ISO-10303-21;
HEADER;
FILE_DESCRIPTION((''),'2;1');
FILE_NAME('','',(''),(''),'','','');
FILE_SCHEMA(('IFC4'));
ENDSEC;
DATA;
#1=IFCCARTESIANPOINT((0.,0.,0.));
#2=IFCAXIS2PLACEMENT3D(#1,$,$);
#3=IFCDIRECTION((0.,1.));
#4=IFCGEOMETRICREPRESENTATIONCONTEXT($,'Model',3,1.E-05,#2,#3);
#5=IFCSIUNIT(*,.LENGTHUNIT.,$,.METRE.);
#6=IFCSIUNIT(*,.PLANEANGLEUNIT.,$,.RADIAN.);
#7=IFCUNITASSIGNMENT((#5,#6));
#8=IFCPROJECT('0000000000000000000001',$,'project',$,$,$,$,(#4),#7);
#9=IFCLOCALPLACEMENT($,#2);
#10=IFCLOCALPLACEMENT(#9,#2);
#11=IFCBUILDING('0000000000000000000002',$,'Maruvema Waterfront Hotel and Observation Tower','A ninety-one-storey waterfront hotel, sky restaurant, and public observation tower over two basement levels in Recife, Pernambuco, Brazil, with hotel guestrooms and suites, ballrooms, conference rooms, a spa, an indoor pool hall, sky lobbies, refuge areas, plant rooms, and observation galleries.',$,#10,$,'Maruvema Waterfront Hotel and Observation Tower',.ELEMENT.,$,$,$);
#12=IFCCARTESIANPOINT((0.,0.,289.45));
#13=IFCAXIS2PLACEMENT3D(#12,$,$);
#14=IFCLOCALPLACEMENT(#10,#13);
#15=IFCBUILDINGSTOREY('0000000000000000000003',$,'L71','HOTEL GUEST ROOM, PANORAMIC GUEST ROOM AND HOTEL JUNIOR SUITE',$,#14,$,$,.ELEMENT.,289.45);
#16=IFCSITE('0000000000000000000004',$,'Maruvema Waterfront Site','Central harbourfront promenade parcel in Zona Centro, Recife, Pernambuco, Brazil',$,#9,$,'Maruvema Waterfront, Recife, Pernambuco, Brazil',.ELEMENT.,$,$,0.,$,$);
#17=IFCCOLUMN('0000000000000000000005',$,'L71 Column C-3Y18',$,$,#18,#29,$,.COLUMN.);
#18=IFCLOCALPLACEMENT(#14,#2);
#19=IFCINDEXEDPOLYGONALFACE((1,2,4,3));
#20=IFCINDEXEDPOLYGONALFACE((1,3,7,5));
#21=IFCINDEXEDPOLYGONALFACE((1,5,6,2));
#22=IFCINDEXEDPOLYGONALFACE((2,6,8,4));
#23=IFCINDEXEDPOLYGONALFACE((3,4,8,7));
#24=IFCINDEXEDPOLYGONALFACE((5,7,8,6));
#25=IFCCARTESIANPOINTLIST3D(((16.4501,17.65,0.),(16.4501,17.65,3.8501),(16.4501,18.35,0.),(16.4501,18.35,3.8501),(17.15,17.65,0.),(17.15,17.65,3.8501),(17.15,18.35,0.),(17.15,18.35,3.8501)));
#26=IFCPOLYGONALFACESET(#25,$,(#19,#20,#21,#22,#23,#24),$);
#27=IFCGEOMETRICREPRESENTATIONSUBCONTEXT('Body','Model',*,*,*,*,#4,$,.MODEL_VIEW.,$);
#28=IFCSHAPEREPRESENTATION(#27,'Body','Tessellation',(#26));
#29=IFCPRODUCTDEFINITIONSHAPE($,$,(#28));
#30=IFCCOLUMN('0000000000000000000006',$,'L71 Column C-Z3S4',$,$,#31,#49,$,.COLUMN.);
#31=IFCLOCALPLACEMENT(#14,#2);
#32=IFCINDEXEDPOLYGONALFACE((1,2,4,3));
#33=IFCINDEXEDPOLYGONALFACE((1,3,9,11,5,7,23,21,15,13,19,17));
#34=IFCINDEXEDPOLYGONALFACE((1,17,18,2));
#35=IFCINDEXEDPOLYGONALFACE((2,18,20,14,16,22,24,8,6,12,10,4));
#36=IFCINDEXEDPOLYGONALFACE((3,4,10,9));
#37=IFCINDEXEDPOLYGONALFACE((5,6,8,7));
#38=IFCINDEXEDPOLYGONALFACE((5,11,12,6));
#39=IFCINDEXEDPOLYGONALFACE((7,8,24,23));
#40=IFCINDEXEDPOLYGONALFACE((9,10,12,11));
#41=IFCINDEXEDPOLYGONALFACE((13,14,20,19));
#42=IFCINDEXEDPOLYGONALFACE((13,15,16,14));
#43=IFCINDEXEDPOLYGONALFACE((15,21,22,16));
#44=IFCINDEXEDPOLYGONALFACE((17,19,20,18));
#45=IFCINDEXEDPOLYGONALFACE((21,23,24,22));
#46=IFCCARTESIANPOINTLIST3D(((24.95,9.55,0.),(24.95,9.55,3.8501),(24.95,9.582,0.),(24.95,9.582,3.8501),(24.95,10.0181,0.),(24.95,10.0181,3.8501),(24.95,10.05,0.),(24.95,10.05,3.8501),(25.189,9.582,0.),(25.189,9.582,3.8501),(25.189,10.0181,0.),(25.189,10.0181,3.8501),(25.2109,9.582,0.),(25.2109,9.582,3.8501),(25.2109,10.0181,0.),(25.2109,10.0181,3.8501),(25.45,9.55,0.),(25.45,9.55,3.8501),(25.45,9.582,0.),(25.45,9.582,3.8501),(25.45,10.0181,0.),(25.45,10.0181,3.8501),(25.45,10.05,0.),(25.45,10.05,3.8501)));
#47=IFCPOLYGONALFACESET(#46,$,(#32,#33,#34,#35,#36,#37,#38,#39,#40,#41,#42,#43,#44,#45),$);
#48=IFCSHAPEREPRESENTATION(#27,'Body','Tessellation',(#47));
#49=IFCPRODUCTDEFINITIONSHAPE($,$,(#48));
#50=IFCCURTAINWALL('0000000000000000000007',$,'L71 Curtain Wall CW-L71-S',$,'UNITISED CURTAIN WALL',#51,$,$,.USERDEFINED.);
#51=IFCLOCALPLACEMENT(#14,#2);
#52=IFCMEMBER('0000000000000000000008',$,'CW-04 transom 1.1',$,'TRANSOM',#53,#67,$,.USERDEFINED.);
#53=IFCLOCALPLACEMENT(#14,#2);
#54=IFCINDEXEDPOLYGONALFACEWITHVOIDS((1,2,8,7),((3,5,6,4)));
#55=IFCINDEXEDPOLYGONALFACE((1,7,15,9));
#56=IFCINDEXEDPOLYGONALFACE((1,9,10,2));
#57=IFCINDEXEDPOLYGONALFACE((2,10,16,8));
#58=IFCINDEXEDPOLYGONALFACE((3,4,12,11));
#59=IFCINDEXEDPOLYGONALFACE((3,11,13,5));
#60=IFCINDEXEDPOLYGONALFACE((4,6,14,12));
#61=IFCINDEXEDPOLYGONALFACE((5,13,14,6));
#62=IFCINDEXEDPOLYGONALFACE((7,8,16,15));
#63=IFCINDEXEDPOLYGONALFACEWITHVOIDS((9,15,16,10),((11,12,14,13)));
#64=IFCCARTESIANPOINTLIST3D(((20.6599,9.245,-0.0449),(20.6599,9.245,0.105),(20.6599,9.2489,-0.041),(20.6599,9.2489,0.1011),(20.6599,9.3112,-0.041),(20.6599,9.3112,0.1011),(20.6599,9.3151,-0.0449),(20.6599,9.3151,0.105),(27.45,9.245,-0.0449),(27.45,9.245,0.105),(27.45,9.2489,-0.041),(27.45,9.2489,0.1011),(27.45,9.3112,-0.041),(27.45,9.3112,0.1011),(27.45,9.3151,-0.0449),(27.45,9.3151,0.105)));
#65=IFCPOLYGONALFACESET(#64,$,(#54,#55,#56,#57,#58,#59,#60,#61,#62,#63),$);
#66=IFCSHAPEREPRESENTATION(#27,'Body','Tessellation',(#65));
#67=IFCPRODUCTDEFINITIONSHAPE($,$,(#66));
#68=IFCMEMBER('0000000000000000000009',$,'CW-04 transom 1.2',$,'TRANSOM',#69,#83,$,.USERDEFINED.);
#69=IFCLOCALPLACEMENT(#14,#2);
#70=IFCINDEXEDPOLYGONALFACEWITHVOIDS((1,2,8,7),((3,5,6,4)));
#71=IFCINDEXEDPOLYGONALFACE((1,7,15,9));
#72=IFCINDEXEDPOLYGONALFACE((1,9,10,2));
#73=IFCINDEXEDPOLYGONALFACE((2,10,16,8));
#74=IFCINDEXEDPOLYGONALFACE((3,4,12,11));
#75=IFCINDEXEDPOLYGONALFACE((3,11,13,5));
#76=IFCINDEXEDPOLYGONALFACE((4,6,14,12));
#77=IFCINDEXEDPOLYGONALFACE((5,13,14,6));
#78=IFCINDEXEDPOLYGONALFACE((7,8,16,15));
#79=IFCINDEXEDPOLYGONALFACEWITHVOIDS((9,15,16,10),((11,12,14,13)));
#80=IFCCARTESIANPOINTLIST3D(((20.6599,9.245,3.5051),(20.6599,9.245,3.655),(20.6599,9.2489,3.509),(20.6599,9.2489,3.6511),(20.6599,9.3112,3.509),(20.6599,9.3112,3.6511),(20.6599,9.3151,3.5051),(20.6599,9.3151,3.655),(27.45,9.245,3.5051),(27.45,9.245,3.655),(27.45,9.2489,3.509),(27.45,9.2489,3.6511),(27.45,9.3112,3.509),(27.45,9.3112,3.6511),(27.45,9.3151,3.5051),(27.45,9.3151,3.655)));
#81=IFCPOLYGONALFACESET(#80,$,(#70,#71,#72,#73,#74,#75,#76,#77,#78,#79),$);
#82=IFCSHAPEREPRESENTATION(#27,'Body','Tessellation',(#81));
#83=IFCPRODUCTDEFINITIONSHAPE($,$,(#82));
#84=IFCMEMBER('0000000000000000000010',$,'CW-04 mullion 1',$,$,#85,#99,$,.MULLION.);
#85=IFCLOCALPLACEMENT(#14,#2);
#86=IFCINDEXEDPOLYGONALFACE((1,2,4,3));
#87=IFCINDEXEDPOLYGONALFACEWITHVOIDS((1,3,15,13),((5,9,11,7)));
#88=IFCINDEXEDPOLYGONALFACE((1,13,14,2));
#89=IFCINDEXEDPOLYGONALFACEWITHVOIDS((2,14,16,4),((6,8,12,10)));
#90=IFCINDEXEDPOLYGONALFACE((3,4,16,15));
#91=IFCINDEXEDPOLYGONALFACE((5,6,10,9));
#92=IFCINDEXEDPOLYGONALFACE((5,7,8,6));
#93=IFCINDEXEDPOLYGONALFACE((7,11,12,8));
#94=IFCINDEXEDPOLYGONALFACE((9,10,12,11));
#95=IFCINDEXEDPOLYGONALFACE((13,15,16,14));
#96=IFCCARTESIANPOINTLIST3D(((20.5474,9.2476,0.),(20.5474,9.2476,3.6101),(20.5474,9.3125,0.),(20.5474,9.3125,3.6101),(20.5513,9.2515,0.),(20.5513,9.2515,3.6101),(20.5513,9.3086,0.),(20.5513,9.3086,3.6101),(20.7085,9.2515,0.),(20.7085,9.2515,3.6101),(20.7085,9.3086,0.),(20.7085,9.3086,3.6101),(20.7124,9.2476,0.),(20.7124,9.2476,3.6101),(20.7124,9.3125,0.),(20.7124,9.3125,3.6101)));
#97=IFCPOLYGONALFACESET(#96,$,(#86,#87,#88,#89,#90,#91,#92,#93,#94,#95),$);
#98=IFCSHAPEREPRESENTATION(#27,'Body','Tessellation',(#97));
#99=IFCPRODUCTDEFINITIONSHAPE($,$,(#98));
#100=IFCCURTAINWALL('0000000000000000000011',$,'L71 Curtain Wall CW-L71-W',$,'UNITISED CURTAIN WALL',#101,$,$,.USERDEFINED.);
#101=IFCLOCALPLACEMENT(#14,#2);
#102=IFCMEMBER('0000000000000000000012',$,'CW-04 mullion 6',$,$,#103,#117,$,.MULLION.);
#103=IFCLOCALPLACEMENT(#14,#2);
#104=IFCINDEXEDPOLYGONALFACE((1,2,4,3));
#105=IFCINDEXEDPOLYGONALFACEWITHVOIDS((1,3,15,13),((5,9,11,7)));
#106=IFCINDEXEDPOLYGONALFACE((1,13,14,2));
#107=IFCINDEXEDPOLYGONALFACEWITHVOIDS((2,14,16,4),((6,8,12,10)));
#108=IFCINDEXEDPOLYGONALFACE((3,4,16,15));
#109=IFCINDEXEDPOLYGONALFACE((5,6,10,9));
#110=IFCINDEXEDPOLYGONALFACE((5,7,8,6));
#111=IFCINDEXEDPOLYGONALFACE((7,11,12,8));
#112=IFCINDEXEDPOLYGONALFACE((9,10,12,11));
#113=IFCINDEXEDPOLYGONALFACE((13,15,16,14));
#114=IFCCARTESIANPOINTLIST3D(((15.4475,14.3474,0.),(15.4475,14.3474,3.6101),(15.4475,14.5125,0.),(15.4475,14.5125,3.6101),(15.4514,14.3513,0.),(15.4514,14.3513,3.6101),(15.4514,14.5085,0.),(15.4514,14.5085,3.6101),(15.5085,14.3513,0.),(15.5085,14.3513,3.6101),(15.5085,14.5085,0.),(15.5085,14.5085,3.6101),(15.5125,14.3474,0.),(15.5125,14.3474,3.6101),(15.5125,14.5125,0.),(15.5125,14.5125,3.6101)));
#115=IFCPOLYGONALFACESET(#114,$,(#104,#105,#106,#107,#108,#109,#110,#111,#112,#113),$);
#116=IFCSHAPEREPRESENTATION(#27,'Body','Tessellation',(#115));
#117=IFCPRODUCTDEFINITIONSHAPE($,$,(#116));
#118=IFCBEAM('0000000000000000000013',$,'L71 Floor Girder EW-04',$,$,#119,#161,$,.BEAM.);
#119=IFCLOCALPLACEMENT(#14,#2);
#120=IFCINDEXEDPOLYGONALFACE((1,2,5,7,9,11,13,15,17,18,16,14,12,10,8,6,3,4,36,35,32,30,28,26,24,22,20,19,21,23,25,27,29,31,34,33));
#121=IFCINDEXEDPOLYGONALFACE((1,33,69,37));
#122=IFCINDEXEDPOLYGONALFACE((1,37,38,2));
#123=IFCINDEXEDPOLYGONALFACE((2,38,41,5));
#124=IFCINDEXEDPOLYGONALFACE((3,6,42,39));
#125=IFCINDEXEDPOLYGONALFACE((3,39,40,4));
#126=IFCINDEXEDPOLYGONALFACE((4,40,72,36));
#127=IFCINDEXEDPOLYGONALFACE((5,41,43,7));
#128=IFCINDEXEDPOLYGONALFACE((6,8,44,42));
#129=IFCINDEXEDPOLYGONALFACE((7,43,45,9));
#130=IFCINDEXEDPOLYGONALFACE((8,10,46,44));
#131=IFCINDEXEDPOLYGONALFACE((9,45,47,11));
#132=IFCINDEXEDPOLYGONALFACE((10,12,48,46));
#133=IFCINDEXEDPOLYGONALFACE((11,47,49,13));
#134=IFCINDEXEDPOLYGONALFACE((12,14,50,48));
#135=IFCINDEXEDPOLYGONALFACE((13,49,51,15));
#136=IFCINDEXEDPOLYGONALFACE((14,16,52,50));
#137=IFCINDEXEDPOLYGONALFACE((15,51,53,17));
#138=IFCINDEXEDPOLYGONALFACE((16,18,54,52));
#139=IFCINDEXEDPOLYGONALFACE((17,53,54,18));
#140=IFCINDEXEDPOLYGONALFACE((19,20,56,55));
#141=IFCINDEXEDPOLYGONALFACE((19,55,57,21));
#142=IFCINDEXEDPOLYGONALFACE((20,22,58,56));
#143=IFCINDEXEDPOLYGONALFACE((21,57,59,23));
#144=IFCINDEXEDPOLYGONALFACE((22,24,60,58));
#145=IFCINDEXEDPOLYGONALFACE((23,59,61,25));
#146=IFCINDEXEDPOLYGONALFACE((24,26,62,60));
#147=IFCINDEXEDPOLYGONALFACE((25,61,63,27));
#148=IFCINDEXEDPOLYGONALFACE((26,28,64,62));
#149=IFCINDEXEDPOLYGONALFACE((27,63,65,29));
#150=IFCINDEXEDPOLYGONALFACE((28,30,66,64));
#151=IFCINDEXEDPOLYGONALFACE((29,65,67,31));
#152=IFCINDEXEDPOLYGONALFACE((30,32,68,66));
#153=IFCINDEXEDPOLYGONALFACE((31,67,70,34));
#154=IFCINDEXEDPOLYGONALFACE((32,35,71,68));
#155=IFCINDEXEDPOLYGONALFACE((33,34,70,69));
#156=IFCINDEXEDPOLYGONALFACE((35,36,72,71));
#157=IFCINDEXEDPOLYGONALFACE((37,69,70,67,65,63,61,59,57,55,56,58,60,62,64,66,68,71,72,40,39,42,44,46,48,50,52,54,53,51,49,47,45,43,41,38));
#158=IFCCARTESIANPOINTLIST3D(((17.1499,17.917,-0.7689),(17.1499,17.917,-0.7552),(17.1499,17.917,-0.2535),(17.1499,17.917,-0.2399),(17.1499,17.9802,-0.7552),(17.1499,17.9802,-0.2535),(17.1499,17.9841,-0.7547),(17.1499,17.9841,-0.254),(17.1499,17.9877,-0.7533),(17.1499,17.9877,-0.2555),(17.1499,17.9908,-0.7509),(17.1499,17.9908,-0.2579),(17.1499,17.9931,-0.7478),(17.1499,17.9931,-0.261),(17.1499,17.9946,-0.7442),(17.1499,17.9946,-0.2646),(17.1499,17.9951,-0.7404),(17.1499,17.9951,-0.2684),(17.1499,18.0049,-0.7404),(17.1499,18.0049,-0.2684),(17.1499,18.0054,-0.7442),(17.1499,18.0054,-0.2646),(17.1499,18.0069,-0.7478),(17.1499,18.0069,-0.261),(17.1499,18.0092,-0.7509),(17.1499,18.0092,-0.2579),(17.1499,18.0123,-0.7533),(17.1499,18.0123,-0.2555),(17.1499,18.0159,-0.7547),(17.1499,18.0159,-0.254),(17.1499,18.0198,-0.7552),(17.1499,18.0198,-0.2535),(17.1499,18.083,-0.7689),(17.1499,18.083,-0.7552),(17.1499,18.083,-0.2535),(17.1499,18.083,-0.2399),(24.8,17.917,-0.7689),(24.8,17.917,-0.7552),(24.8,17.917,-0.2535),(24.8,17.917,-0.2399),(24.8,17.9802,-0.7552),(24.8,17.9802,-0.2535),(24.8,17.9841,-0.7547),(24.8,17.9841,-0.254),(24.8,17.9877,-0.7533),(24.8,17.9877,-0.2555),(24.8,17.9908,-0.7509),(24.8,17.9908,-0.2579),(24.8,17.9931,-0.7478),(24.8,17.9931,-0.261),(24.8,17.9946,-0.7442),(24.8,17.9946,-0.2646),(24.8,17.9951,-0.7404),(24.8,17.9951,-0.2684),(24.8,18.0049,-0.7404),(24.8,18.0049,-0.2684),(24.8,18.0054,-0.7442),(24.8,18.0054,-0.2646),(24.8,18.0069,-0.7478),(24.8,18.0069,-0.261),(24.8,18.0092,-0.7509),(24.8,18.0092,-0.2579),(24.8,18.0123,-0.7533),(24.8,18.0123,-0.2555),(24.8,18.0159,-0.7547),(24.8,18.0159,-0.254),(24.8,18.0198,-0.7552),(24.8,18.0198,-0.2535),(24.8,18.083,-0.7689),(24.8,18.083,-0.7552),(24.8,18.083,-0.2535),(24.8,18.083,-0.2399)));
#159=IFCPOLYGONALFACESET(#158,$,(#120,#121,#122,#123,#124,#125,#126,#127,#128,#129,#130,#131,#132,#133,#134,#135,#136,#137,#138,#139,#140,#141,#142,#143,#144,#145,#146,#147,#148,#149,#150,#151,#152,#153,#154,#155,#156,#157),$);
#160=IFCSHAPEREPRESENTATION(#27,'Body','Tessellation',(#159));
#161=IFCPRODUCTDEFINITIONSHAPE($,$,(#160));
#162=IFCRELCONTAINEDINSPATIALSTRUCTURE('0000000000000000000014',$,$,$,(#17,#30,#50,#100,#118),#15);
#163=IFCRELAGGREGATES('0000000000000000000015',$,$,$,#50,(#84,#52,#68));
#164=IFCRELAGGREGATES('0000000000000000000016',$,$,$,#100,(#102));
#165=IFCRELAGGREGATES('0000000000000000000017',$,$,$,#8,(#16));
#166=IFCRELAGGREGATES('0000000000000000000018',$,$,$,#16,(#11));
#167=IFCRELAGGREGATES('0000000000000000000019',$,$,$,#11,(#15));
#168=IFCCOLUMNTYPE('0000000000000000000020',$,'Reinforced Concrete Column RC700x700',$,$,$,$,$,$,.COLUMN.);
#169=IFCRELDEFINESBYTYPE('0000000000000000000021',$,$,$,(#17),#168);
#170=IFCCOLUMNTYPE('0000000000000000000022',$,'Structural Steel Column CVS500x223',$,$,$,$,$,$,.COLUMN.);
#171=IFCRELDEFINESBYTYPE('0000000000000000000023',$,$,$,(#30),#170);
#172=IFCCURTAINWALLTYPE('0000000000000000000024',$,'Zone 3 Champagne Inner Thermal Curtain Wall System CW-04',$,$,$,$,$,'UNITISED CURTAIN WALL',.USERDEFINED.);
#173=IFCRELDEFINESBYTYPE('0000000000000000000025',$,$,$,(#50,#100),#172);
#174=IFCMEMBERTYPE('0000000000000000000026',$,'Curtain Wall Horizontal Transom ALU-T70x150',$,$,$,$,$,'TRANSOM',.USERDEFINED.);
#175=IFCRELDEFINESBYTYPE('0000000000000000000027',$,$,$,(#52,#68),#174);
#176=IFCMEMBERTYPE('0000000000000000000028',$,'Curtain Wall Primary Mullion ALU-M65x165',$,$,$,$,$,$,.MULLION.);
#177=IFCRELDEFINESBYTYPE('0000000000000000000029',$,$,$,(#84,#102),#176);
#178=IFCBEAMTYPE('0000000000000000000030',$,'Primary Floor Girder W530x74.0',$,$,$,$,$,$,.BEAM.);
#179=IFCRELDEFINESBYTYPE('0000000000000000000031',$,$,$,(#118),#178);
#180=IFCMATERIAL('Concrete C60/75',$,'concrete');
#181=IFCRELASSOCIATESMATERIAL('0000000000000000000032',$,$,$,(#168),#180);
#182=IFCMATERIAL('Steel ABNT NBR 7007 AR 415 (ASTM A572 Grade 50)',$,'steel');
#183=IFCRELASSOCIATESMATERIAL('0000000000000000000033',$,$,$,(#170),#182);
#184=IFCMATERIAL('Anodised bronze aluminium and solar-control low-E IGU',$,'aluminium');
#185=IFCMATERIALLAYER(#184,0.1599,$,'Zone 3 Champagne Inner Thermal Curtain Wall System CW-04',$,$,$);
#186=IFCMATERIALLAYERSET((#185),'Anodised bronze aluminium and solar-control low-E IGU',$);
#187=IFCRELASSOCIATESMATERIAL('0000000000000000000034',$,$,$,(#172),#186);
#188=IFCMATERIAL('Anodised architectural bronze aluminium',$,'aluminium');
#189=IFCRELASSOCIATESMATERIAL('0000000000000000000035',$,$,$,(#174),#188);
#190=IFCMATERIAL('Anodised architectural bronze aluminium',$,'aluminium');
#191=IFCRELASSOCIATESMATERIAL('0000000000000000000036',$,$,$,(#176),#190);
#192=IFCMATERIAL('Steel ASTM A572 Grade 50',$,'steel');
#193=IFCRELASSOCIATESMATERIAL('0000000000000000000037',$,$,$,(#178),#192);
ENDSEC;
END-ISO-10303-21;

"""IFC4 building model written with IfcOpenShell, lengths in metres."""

from ifc_helpers import new_model, si_unit, direction, frame, origin, origin_2d, place, context, subcontext, project, spatial, rectangle, hollow_rectangle, i_section, extrude, material, layer, layer_set, material_profile, profile_set, type_object, element, aggregate, save


model = new_model("IFC4")

# Units and contexts
model_context = context("Model", 3, precision=1e-05, world=origin(), true_north=direction((0.0, 1.0)))
body_context = subcontext(model_context, "Body", "Model", "MODEL_VIEW")
ifc_project = project(units=[si_unit("LENGTHUNIT", "METRE"), si_unit("PLANEANGLEUNIT", "RADIAN")], contexts=[model_context])

# Site, building, storey
site_placement = place(None, origin())
site = spatial("IfcSite", under=ifc_project, at=site_placement, Name="Maruvema Waterfront Site", Description="Central harbourfront promenade parcel in Zona Centro, Recife, Pernambuco, Brazil", LongName="Maruvema Waterfront, Recife, Pernambuco, Brazil", CompositionType="ELEMENT", RefElevation=0.0)
building_placement = place(site_placement, origin())
building = spatial("IfcBuilding", under=site, at=building_placement, Name="Maruvema Waterfront Hotel and Observation Tower", Description="A ninety-one-storey waterfront hotel, sky restaurant, and public observation tower over two basement levels in Recife, Pernambuco, Brazil, with hotel guestrooms and suites, ballrooms, conference rooms, a spa, an indoor pool hall, sky lobbies, refuge areas, plant rooms, and observation galleries.", LongName="Maruvema Waterfront Hotel and Observation Tower", CompositionType="ELEMENT")
storey_placement = place(building_placement, frame((0.0, 0.0, 289.45)))
storey = spatial("IfcBuildingStorey", under=building, at=storey_placement, Name="L71", Description="HOTEL GUEST ROOM, PANORAMIC GUEST ROOM AND HOTEL JUNIOR SUITE", CompositionType="ELEMENT", Elevation=289.45)

# Columns
ifc_material_1 = material(Name="Concrete C60/75", Category="concrete")
ifc_material_profile_1 = material_profile(ifc_material_1, rectangle(XDim=0.7, YDim=0.7, at=origin_2d()), Name="RC700x700")
ifc_profile_set_1 = profile_set([ifc_material_profile_1], Name="Concrete C60/75")
column_type_1 = type_object("IfcColumnType", Name="Reinforced Concrete Column RC700x700", PredefinedType="COLUMN", material=ifc_profile_set_1)
column_1_placement = place(storey_placement, frame((16.8, 18.0, 0.0), z_axis=(0.0, 0.0, 1.0), x_axis=(1.0, 0.0, 0.0)))
element("IfcColumn", 1, at=column_1_placement, inside=storey, type_object=column_type_1, Name="L71 Column C-3Y18", PredefinedType="COLUMN", context=body_context, shape_type="SweptSolid", body=[
    extrude(rectangle(XDim=0.7, YDim=0.7, at=origin_2d()), origin(), (0.0, 0.0, 1.0), 3.8501),
])
ifc_material_2 = material(Name="Steel ABNT NBR 7007 AR 415 (ASTM A572 Grade 50)", Category="steel")
ifc_material_profile_2 = material_profile(ifc_material_2, i_section(OverallWidth=0.5, OverallDepth=0.5, WebThickness=0.022, FlangeThickness=0.032, at=origin_2d()), Name="CVS500x223")
ifc_profile_set_2 = profile_set([ifc_material_profile_2], Name="Steel ABNT NBR 7007 AR 415 (ASTM A572 Grade 50)")
column_type_2 = type_object("IfcColumnType", Name="Structural Steel Column CVS500x223", PredefinedType="COLUMN", material=ifc_profile_set_2)
column_2_placement = place(storey_placement, frame((25.2, 9.8, 0.0), z_axis=(0.0, 0.0, 1.0), x_axis=(1.0, 0.0, 0.0)))
element("IfcColumn", 2, at=column_2_placement, inside=storey, type_object=column_type_2, Name="L71 Column C-Z3S4", PredefinedType="COLUMN", context=body_context, shape_type="SweptSolid", body=[
    extrude(i_section(OverallWidth=0.5, OverallDepth=0.5, WebThickness=0.022, FlangeThickness=0.032, at=origin_2d()), origin(), (0.0, 0.0, 1.0), 3.8501),
])

# Curtain wall, members
ifc_material_3 = material(Name="Anodised bronze aluminium and solar-control low-E IGU", Category="aluminium")
ifc_layer_1 = layer(ifc_material_3, 0.1599, Name="Zone 3 Champagne Inner Thermal Curtain Wall System CW-04")
ifc_layer_set_1 = layer_set([ifc_layer_1], Name="Anodised bronze aluminium and solar-control low-E IGU")
curtain_wall_type = type_object("IfcCurtainWallType", Name="Zone 3 Champagne Inner Thermal Curtain Wall System CW-04", ElementType="UNITISED CURTAIN WALL", PredefinedType="USERDEFINED", material=ifc_layer_set_1)
curtain_wall_1_placement = place(storey_placement, origin())
curtain_wall_1 = element("IfcCurtainWall", 3, at=curtain_wall_1_placement, inside=storey, type_object=curtain_wall_type, Name="L71 Curtain Wall CW-L71-S", ObjectType="UNITISED CURTAIN WALL", PredefinedType="USERDEFINED")
ifc_material_4 = material(Name="Anodised architectural bronze aluminium", Category="aluminium")
ifc_material_profile_3 = material_profile(ifc_material_4, hollow_rectangle(XDim=0.0701, YDim=0.1499, WallThickness=0.0039, at=origin_2d()), Name="ALU-T70x150")
ifc_profile_set_3 = profile_set([ifc_material_profile_3], Name="Anodised architectural bronze aluminium")
member_type_1 = type_object("IfcMemberType", Name="Curtain Wall Horizontal Transom ALU-T70x150", ElementType="TRANSOM", PredefinedType="USERDEFINED", material=ifc_profile_set_3)
member_1_placement = place(storey_placement, frame((20.6599, 9.28, 0.03), z_axis=(1.0, 0.0, 0.0), x_axis=(0.0, 1.0, 0.0)))
member_1 = element("IfcMember", 4, at=member_1_placement, type_object=member_type_1, Name="CW-04 transom 1.1", ObjectType="TRANSOM", PredefinedType="USERDEFINED", context=body_context, shape_type="SweptSolid", body=[
    extrude(hollow_rectangle(XDim=0.0701, YDim=0.1499, WallThickness=0.0039, at=origin_2d()), origin(), (0.0, 0.0, 1.0), 6.79),
])
member_2_placement = place(storey_placement, frame((20.6599, 9.28, 3.5801), z_axis=(1.0, 0.0, 0.0), x_axis=(0.0, 1.0, 0.0)))
member_2 = element("IfcMember", 5, at=member_2_placement, type_object=member_type_1, Name="CW-04 transom 1.2", ObjectType="TRANSOM", PredefinedType="USERDEFINED", context=body_context, shape_type="SweptSolid", body=[
    extrude(hollow_rectangle(XDim=0.0701, YDim=0.1499, WallThickness=0.0039, at=origin_2d()), origin(), (0.0, 0.0, 1.0), 6.79),
])
ifc_material_5 = material(Name="Anodised architectural bronze aluminium", Category="aluminium")
ifc_material_profile_4 = material_profile(ifc_material_5, hollow_rectangle(XDim=0.0649, YDim=0.165, WallThickness=0.0039, at=origin_2d()), Name="ALU-M65x165")
ifc_profile_set_4 = profile_set([ifc_material_profile_4], Name="Anodised architectural bronze aluminium")
member_type_2 = type_object("IfcMemberType", Name="Curtain Wall Primary Mullion ALU-M65x165", PredefinedType="MULLION", material=ifc_profile_set_4)
member_3_placement = place(storey_placement, frame((20.6299, 9.28, 0.0), z_axis=(0.0, 0.0, 1.0), x_axis=(0.0, 1.0, 0.0)))
member_3 = element("IfcMember", 6, at=member_3_placement, type_object=member_type_2, Name="CW-04 mullion 1", PredefinedType="MULLION", context=body_context, shape_type="SweptSolid", body=[
    extrude(hollow_rectangle(XDim=0.0649, YDim=0.165, WallThickness=0.0039, at=origin_2d()), origin(), (0.0, 0.0, 1.0), 3.6101),
])

# Curtain wall, member
curtain_wall_2_placement = place(storey_placement, origin())
curtain_wall_2 = element("IfcCurtainWall", 7, at=curtain_wall_2_placement, inside=storey, type_object=curtain_wall_type, Name="L71 Curtain Wall CW-L71-W", ObjectType="UNITISED CURTAIN WALL", PredefinedType="USERDEFINED")
member_4_placement = place(storey_placement, frame((15.48, 14.4299, 0.0), z_axis=(0.0, 0.0, 1.0), x_axis=(1.0, 0.0, 0.0)))
member_4 = element("IfcMember", 8, at=member_4_placement, type_object=member_type_2, Name="CW-04 mullion 6", PredefinedType="MULLION", context=body_context, shape_type="SweptSolid", body=[
    extrude(hollow_rectangle(XDim=0.0649, YDim=0.165, WallThickness=0.0039, at=origin_2d()), origin(), (0.0, 0.0, 1.0), 3.6101),
])

# Beam
ifc_material_6 = material(Name="Steel ASTM A572 Grade 50", Category="steel")
ifc_material_profile_5 = material_profile(ifc_material_6, i_section(OverallWidth=0.166, OverallDepth=0.5291, WebThickness=0.0098, FlangeThickness=0.0137, FilletRadius=0.0149, at=origin_2d()), Name="W530x74.0")
ifc_profile_set_5 = profile_set([ifc_material_profile_5], Name="Steel ASTM A572 Grade 50")
beam_type_1 = type_object("IfcBeamType", Name="Primary Floor Girder W530x74.0", PredefinedType="BEAM", material=ifc_profile_set_5)
beam_1_placement = place(storey_placement, frame((17.1499, 18.0, -0.5044), z_axis=(1.0, 0.0, 0.0), x_axis=(0.0, 1.0, 0.0)))
element("IfcBeam", 9, at=beam_1_placement, inside=storey, type_object=beam_type_1, Name="L71 Floor Girder EW-04", PredefinedType="BEAM", context=body_context, shape_type="SweptSolid", body=[
    extrude(i_section(OverallWidth=0.166, OverallDepth=0.5291, WebThickness=0.0098, FlangeThickness=0.0137, FilletRadius=0.0149, at=origin_2d()), origin(), (0.0, 0.0, 1.0), 7.6501),
])

aggregate(curtain_wall_1, [member_3, member_1, member_2])
aggregate(curtain_wall_2, [member_4])

save(model, "model.ifc")
